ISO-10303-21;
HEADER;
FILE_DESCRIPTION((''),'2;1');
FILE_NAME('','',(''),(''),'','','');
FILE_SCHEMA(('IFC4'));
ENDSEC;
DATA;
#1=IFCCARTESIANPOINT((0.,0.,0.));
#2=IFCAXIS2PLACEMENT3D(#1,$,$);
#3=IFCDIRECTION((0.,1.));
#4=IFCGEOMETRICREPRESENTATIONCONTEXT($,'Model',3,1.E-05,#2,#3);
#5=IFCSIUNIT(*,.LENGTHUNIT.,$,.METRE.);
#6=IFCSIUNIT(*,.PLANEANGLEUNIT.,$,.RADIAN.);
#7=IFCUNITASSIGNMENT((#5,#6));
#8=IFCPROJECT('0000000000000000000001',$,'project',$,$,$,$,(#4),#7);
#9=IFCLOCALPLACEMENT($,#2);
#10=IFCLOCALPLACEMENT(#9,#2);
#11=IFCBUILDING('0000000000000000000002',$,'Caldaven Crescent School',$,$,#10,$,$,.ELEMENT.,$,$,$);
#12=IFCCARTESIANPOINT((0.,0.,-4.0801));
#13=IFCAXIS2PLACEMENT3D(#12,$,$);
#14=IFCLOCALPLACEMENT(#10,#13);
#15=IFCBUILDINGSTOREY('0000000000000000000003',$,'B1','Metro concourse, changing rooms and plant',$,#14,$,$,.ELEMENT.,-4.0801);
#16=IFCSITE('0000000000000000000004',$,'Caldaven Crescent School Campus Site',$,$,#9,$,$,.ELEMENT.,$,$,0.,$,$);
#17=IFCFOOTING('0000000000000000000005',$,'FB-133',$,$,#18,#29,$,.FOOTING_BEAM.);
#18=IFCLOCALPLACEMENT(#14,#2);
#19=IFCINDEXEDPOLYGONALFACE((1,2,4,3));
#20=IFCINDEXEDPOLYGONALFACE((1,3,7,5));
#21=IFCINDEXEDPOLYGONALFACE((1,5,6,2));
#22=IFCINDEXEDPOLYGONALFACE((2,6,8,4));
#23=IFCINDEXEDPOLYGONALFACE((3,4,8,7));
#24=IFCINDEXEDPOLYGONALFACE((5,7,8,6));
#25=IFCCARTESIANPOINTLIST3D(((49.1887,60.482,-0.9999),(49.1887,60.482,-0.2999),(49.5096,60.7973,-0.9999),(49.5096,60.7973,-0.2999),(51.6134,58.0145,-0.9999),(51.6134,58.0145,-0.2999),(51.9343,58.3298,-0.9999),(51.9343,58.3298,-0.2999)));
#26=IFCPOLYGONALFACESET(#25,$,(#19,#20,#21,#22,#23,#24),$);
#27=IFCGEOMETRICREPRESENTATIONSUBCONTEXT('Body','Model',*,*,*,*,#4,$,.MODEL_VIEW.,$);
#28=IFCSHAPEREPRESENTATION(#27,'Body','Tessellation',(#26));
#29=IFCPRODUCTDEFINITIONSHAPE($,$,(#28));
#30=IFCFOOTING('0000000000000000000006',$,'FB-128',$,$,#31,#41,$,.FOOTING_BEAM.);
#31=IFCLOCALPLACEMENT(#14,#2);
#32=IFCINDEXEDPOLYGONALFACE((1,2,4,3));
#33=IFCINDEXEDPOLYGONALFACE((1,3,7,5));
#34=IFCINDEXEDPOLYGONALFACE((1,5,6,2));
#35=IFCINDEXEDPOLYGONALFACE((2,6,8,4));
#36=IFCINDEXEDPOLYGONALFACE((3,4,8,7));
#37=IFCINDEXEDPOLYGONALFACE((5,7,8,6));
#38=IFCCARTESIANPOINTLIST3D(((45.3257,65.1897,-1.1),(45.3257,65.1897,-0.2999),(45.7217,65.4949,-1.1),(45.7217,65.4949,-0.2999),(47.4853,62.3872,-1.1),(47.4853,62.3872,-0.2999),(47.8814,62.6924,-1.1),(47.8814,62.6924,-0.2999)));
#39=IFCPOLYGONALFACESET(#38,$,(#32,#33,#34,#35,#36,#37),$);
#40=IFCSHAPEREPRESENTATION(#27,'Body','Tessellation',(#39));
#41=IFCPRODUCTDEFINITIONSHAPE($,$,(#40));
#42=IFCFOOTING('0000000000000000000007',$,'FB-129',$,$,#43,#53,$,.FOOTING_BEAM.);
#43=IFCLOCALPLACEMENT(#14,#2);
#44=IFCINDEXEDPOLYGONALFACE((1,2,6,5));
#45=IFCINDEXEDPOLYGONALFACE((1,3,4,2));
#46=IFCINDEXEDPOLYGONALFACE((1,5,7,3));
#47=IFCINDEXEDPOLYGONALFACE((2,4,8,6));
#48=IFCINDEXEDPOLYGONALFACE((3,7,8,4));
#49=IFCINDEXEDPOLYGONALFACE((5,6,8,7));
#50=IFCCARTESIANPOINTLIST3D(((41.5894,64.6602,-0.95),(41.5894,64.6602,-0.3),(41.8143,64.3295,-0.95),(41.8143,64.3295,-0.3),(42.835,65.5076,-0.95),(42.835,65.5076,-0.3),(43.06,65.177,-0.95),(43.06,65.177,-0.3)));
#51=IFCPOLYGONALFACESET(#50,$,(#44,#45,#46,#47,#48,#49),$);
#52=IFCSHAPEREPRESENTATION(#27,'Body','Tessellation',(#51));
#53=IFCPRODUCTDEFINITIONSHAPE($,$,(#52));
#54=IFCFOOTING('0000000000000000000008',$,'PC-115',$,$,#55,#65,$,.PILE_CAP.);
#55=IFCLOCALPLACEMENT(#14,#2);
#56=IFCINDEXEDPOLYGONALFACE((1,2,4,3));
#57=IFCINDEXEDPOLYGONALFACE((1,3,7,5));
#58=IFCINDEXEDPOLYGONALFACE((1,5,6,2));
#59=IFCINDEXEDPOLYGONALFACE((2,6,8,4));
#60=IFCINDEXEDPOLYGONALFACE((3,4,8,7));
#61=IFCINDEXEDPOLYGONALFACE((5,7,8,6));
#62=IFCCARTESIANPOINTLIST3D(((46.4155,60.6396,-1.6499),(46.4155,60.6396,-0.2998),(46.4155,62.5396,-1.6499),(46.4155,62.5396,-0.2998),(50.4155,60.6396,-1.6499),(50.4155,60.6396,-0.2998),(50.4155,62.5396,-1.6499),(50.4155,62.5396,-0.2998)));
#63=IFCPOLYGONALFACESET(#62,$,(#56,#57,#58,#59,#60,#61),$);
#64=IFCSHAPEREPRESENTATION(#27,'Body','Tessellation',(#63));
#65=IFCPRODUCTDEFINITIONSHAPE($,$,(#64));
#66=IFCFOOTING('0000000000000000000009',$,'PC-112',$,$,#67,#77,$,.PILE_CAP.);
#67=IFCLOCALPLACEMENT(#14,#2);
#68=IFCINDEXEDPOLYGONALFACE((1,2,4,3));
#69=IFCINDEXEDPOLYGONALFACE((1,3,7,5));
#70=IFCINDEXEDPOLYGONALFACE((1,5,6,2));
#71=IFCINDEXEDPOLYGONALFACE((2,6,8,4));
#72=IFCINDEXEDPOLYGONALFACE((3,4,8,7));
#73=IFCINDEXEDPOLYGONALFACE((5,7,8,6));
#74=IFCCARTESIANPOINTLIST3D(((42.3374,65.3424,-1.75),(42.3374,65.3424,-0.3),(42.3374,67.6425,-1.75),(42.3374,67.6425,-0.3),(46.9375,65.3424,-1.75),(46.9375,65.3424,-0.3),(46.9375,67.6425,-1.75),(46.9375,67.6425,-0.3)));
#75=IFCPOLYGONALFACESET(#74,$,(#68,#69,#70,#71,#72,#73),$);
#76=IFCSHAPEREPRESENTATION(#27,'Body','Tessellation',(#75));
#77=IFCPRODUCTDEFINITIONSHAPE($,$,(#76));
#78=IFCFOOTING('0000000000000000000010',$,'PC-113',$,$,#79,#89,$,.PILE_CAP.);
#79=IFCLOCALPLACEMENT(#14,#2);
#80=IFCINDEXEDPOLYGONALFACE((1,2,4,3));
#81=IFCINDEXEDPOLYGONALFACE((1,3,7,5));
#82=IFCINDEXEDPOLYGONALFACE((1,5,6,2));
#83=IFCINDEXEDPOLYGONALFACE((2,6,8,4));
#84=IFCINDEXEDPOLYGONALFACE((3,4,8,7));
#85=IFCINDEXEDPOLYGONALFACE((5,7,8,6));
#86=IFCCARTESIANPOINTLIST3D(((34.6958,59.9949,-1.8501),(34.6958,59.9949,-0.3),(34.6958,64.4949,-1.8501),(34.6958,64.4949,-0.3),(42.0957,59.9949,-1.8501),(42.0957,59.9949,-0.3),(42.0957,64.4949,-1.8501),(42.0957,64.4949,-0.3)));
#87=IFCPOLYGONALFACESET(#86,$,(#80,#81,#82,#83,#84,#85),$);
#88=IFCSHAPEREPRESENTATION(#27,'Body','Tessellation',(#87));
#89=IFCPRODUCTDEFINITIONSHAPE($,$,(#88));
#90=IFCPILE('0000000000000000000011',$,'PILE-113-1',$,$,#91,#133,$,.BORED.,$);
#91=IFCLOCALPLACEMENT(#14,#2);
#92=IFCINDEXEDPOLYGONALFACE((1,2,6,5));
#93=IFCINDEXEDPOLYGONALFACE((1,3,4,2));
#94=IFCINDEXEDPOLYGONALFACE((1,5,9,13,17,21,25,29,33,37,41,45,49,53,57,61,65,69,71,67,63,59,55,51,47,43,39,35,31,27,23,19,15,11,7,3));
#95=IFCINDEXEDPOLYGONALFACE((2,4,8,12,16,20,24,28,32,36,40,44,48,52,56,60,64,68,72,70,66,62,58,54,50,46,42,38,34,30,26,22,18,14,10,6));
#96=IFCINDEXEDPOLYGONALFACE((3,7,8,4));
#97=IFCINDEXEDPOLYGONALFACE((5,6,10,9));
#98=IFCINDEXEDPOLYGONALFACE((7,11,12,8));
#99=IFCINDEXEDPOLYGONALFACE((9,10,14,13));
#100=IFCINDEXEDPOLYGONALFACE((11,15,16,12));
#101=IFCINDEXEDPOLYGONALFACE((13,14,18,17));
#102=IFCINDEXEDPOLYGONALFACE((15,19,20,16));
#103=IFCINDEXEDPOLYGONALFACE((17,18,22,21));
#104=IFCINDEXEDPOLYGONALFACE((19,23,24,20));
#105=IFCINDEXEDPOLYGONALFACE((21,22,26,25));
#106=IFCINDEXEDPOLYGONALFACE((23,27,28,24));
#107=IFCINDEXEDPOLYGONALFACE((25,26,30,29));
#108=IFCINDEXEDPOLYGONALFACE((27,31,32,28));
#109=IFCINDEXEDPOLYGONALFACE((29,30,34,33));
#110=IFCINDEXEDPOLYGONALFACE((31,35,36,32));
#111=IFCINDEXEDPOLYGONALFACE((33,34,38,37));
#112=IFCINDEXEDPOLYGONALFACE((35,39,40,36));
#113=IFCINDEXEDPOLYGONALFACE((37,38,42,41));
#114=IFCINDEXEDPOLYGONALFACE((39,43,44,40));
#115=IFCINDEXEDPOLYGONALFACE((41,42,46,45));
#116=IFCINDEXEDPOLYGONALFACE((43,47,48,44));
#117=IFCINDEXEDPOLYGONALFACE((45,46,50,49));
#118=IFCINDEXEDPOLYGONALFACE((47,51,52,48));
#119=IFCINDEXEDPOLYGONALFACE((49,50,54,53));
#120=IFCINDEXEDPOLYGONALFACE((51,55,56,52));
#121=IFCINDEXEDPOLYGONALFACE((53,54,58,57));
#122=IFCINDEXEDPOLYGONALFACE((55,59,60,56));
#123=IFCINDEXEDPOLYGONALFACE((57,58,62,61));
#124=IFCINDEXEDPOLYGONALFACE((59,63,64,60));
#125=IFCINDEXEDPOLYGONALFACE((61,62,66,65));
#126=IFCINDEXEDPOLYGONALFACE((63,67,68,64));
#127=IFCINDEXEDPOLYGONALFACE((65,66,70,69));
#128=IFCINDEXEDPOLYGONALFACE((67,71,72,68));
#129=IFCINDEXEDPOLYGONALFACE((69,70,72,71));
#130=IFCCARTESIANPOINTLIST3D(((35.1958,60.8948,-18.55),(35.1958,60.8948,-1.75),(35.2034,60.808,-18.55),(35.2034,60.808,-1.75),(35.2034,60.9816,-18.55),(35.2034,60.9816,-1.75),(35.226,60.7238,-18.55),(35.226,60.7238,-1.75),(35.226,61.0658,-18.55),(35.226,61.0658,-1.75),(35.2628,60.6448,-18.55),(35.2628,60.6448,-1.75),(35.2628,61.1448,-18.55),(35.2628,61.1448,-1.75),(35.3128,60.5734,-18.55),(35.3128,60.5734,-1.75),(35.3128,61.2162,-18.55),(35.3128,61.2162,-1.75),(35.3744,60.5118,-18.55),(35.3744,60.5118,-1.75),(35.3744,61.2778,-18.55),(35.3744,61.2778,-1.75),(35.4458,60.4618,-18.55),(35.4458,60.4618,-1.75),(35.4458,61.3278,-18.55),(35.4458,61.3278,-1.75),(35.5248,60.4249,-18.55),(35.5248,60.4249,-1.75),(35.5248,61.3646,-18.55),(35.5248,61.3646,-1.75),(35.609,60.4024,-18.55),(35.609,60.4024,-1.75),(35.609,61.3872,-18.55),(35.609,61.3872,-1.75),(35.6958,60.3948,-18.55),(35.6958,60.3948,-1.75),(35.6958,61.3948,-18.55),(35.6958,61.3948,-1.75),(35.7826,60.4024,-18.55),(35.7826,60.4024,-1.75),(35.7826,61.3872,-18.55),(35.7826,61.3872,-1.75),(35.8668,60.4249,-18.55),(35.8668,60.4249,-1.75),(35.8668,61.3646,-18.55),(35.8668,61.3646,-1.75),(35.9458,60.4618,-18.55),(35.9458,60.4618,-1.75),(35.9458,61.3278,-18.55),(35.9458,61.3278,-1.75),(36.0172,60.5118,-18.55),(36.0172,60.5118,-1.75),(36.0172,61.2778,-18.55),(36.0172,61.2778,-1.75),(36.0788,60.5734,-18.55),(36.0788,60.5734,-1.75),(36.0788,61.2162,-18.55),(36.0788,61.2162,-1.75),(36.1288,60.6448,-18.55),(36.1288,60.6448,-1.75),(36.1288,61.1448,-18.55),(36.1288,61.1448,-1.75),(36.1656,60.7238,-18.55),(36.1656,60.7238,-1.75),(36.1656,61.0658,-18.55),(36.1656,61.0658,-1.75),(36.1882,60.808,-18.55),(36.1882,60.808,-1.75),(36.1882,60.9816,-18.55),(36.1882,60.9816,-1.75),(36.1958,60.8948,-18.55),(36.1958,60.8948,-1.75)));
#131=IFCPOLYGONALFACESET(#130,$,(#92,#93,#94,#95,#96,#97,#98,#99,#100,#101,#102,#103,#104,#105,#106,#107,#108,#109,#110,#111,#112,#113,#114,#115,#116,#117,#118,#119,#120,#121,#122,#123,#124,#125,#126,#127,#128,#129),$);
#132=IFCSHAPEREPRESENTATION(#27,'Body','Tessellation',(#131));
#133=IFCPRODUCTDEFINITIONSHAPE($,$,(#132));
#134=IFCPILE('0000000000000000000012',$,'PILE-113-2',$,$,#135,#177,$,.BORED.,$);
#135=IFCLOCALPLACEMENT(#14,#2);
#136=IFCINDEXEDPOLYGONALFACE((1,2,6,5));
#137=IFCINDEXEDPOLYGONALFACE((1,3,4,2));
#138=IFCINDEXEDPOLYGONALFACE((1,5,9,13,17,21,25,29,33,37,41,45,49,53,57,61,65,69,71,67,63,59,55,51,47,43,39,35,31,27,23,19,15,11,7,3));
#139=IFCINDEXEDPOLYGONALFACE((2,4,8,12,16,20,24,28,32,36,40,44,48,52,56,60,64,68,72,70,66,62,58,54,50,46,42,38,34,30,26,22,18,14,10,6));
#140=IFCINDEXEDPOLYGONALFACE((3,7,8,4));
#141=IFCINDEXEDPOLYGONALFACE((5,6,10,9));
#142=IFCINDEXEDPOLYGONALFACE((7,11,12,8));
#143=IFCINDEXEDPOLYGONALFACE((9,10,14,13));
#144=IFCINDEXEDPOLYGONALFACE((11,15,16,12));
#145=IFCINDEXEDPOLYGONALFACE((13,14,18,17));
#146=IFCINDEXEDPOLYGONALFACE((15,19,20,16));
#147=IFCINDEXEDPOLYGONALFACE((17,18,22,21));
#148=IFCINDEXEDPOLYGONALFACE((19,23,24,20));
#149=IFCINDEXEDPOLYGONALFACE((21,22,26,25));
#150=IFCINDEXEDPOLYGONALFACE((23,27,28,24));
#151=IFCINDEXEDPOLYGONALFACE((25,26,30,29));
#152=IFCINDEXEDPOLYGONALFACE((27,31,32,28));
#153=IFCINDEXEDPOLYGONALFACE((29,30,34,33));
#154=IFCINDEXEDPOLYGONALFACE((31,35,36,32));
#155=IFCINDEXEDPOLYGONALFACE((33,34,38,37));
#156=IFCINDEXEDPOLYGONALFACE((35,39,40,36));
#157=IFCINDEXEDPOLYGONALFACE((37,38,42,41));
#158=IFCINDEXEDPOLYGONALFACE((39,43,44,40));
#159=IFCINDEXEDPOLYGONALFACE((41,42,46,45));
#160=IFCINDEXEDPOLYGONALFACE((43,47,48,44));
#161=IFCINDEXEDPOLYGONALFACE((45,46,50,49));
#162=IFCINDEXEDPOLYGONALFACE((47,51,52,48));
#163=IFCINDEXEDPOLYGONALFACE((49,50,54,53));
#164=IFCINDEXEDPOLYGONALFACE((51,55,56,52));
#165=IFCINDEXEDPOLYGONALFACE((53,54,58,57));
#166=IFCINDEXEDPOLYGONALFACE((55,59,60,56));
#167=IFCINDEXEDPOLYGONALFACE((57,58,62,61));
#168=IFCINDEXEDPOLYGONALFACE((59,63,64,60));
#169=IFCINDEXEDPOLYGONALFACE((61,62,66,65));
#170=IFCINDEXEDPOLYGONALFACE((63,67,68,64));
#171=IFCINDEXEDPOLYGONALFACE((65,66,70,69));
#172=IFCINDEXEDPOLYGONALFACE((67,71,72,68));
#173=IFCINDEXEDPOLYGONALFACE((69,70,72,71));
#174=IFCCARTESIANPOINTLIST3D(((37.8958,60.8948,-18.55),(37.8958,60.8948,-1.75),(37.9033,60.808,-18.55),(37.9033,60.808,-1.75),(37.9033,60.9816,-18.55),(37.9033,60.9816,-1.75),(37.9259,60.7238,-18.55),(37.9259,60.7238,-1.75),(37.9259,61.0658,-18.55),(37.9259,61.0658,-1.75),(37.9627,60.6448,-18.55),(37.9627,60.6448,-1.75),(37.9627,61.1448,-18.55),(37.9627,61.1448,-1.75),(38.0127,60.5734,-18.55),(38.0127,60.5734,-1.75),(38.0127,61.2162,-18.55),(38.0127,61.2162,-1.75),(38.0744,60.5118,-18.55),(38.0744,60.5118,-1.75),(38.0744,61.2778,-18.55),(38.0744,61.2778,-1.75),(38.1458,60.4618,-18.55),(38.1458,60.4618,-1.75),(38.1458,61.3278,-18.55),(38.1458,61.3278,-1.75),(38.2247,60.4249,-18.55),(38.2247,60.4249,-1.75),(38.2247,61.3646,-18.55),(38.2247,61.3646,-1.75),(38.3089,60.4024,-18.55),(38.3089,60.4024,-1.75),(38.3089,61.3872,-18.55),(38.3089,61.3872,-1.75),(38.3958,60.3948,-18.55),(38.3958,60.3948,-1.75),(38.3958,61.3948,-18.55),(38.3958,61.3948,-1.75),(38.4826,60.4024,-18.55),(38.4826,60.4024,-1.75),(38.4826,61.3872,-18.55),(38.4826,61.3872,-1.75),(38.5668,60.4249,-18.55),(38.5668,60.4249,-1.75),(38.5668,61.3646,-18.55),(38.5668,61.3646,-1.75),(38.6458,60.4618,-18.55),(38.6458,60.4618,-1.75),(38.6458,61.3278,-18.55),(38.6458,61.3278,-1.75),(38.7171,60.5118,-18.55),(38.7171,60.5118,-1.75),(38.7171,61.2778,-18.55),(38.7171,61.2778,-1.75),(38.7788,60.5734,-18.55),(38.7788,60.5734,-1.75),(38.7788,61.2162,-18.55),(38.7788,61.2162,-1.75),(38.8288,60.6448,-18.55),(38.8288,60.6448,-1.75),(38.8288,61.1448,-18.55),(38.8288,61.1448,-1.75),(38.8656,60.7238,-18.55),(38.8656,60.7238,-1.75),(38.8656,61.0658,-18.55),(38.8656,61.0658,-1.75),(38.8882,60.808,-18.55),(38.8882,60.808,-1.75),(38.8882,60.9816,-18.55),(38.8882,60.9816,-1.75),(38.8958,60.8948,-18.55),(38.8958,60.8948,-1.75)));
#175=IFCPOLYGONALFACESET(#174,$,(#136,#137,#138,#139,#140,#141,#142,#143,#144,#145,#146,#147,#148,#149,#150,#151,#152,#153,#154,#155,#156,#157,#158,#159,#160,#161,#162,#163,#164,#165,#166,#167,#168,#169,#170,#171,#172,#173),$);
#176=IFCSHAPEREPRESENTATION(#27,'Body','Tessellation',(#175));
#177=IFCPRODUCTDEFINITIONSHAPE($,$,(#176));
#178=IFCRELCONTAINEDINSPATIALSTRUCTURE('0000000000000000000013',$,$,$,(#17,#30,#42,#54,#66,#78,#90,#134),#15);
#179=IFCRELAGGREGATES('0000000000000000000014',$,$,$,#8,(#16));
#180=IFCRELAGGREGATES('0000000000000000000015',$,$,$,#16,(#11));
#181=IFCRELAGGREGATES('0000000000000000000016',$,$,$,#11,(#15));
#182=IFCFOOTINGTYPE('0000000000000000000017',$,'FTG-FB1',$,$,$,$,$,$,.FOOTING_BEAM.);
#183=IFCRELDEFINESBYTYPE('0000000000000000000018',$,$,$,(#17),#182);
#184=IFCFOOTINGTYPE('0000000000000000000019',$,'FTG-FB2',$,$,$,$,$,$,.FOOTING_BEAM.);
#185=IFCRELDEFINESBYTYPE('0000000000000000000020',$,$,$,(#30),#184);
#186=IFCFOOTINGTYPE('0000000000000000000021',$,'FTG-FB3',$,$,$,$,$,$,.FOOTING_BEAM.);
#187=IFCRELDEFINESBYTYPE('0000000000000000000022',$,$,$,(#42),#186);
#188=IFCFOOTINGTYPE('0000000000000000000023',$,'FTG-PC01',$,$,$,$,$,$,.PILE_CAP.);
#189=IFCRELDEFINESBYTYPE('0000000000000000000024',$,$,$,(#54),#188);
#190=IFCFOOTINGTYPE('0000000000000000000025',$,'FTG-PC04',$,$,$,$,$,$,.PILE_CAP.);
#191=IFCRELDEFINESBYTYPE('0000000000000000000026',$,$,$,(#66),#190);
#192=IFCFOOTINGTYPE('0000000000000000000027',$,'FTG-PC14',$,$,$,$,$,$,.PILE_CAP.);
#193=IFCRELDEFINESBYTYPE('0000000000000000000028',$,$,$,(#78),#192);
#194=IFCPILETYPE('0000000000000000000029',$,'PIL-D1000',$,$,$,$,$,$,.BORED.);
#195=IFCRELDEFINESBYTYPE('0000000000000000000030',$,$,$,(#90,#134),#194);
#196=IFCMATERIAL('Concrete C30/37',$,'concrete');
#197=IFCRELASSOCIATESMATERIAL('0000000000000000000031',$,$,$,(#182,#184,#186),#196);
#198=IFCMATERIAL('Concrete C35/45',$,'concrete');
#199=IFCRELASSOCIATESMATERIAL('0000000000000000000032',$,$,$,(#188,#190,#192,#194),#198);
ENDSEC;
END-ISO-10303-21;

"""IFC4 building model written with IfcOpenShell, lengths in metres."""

from ifc_helpers import new_model, si_unit, direction, frame, origin, origin_2d, place, context, subcontext, project, spatial, rectangle, circle, extrude, material, material_profile, profile_set, type_object, element, save


model = new_model("IFC4")

# Units and contexts
model_context = context("Model", 3, precision=1e-05, world=origin(), true_north=direction((0.0, 1.0)))
body_context = subcontext(model_context, "Body", "Model", "MODEL_VIEW")
ifc_project = project(units=[si_unit("LENGTHUNIT", "METRE"), si_unit("PLANEANGLEUNIT", "RADIAN")], contexts=[model_context])

# Site, building, storey
site_placement = place(None, origin())
site = spatial("IfcSite", under=ifc_project, at=site_placement, Name="Caldaven Crescent School Campus Site", CompositionType="ELEMENT", RefElevation=0.0)
building_placement = place(site_placement, origin())
building = spatial("IfcBuilding", under=site, at=building_placement, Name="Caldaven Crescent School", CompositionType="ELEMENT")
storey_placement = place(building_placement, frame((0.0, 0.0, -4.0801)))
storey = spatial("IfcBuildingStorey", under=building, at=storey_placement, Name="B1", Description="Metro concourse, changing rooms and plant", CompositionType="ELEMENT", Elevation=-4.0801)

# Footings
ifc_material_1 = material(Name="Concrete C30/37", Category="concrete")
ifc_material_profile_1 = material_profile(ifc_material_1, rectangle(XDim=0.45, YDim=0.7, at=origin_2d()), Name="FB 450x700")
ifc_profile_set_1 = profile_set([ifc_material_profile_1], Name="Concrete C30/37")
footing_type_1 = type_object("IfcFootingType", Name="FTG-FB1", PredefinedType="FOOTING_BEAM", material=ifc_profile_set_1)
footing_1_placement = place(storey_placement, frame((49.3491, 60.6396, -0.6499), z_axis=(0.700905, -0.713255, 0.0), x_axis=(0.713255, 0.700905, 0.0)))
element("IfcFooting", 1, at=footing_1_placement, inside=storey, type_object=footing_type_1, Name="FB-133", PredefinedType="FOOTING_BEAM", context=body_context, shape_type="SweptSolid", body=[
    extrude(rectangle(XDim=0.45, YDim=0.7, at=origin_2d()), origin(), (0.0, 0.0, 1.0), 3.4595),
])
ifc_material_profile_2 = material_profile(ifc_material_1, rectangle(XDim=0.5, YDim=0.8, at=origin_2d()), Name="FB 500x800")
ifc_profile_set_2 = profile_set([ifc_material_profile_2], Name="Concrete C30/37")
footing_type_2 = type_object("IfcFootingType", Name="FTG-FB2", PredefinedType="FOOTING_BEAM", material=ifc_profile_set_2)
footing_2_placement = place(storey_placement, frame((45.5237, 65.3423, -0.7), z_axis=(0.610404, -0.79209, 0.0), x_axis=(0.79209, 0.610404, 0.0)))
element("IfcFooting", 2, at=footing_2_placement, inside=storey, type_object=footing_type_2, Name="FB-128", PredefinedType="FOOTING_BEAM", context=body_context, shape_type="SweptSolid", body=[
    extrude(rectangle(XDim=0.5, YDim=0.8, at=origin_2d()), origin(), (0.0, 0.0, 1.0), 3.5381),
])
ifc_material_profile_3 = material_profile(ifc_material_1, rectangle(XDim=0.3999, YDim=0.6499, at=origin_2d()), Name="FB 400x650")
ifc_profile_set_3 = profile_set([ifc_material_profile_3], Name="Concrete C30/37")
footing_type_3 = type_object("IfcFootingType", Name="FTG-FB3", PredefinedType="FOOTING_BEAM", material=ifc_profile_set_3)
footing_3_placement = place(storey_placement, frame((42.9475, 65.3423, -0.625), z_axis=(-0.826803, -0.562492, 0.0), x_axis=(0.562492, -0.826803, 0.0)))
element("IfcFooting", 3, at=footing_3_placement, inside=storey, type_object=footing_type_3, Name="FB-129", PredefinedType="FOOTING_BEAM", context=body_context, shape_type="SweptSolid", body=[
    extrude(rectangle(XDim=0.3999, YDim=0.6499, at=origin_2d()), origin(), (0.0, 0.0, 1.0), 1.5066),
])
ifc_material_2 = material(Name="Concrete C35/45", Category="concrete")
footing_type_4 = type_object("IfcFootingType", Name="FTG-PC01", PredefinedType="PILE_CAP", material=ifc_material_2)
footing_4_placement = place(storey_placement, frame((48.4155, 61.5896, -1.6499), z_axis=(0.0, 0.0, 1.0), x_axis=(1.0, 0.0, 0.0)))
element("IfcFooting", 4, at=footing_4_placement, inside=storey, type_object=footing_type_4, Name="PC-115", PredefinedType="PILE_CAP", context=body_context, shape_type="SweptSolid", body=[
    extrude(rectangle(XDim=4.0, YDim=1.8999, at=origin_2d()), origin(), (0.0, 0.0, 1.0), 1.3501),
])
footing_type_5 = type_object("IfcFootingType", Name="FTG-PC04", PredefinedType="PILE_CAP", material=ifc_material_2)
footing_5_placement = place(storey_placement, frame((44.6375, 66.4924, -1.75), z_axis=(0.0, 0.0, 1.0), x_axis=(1.0, 0.0, 0.0)))
element("IfcFooting", 5, at=footing_5_placement, inside=storey, type_object=footing_type_5, Name="PC-112", PredefinedType="PILE_CAP", context=body_context, shape_type="SweptSolid", body=[
    extrude(rectangle(XDim=4.6001, YDim=2.3, at=origin_2d()), origin(), (0.0, 0.0, 1.0), 1.45),
])
footing_type_6 = type_object("IfcFootingType", Name="FTG-PC14", PredefinedType="PILE_CAP", material=ifc_material_2)
footing_6_placement = place(storey_placement, frame((38.3958, 62.2449, -1.8501), z_axis=(0.0, 0.0, 1.0), x_axis=(1.0, 0.0, 0.0)))
element("IfcFooting", 6, at=footing_6_placement, inside=storey, type_object=footing_type_6, Name="PC-113", PredefinedType="PILE_CAP", context=body_context, shape_type="SweptSolid", body=[
    extrude(rectangle(XDim=7.3999, YDim=4.5, at=origin_2d()), origin(), (0.0, 0.0, 1.0), 1.55),
])

# Piles
ifc_material_profile_4 = material_profile(ifc_material_2, circle(Radius=0.5, at=origin_2d()), Name="PILE D1000")
ifc_profile_set_4 = profile_set([ifc_material_profile_4], Name="Concrete C35/45")
pile_type_1 = type_object("IfcPileType", Name="PIL-D1000", PredefinedType="BORED", material=ifc_profile_set_4)
for number, where, z_axis, x_axis, name in (
    (7, (35.6958, 60.8948, -1.75), (0.0, 0.0, -1.0), (1.0, 0.0, 0.0), "PILE-113-1"),
    (8, (38.3958, 60.8948, -1.75), (0.0, 0.0, -1.0), (1.0, 0.0, 0.0), "PILE-113-2"),
):
    element("IfcPile", number, at=place(storey_placement, frame(where, z_axis=z_axis, x_axis=x_axis)), inside=storey, type_object=pile_type_1, Name=name, PredefinedType="BORED", context=body_context, shape_type="SweptSolid", body=[
        extrude(circle(Radius=0.5, at=origin_2d()), origin(), (0.0, 0.0, 1.0), 16.8),
    ])

save(model, "model.ifc")
